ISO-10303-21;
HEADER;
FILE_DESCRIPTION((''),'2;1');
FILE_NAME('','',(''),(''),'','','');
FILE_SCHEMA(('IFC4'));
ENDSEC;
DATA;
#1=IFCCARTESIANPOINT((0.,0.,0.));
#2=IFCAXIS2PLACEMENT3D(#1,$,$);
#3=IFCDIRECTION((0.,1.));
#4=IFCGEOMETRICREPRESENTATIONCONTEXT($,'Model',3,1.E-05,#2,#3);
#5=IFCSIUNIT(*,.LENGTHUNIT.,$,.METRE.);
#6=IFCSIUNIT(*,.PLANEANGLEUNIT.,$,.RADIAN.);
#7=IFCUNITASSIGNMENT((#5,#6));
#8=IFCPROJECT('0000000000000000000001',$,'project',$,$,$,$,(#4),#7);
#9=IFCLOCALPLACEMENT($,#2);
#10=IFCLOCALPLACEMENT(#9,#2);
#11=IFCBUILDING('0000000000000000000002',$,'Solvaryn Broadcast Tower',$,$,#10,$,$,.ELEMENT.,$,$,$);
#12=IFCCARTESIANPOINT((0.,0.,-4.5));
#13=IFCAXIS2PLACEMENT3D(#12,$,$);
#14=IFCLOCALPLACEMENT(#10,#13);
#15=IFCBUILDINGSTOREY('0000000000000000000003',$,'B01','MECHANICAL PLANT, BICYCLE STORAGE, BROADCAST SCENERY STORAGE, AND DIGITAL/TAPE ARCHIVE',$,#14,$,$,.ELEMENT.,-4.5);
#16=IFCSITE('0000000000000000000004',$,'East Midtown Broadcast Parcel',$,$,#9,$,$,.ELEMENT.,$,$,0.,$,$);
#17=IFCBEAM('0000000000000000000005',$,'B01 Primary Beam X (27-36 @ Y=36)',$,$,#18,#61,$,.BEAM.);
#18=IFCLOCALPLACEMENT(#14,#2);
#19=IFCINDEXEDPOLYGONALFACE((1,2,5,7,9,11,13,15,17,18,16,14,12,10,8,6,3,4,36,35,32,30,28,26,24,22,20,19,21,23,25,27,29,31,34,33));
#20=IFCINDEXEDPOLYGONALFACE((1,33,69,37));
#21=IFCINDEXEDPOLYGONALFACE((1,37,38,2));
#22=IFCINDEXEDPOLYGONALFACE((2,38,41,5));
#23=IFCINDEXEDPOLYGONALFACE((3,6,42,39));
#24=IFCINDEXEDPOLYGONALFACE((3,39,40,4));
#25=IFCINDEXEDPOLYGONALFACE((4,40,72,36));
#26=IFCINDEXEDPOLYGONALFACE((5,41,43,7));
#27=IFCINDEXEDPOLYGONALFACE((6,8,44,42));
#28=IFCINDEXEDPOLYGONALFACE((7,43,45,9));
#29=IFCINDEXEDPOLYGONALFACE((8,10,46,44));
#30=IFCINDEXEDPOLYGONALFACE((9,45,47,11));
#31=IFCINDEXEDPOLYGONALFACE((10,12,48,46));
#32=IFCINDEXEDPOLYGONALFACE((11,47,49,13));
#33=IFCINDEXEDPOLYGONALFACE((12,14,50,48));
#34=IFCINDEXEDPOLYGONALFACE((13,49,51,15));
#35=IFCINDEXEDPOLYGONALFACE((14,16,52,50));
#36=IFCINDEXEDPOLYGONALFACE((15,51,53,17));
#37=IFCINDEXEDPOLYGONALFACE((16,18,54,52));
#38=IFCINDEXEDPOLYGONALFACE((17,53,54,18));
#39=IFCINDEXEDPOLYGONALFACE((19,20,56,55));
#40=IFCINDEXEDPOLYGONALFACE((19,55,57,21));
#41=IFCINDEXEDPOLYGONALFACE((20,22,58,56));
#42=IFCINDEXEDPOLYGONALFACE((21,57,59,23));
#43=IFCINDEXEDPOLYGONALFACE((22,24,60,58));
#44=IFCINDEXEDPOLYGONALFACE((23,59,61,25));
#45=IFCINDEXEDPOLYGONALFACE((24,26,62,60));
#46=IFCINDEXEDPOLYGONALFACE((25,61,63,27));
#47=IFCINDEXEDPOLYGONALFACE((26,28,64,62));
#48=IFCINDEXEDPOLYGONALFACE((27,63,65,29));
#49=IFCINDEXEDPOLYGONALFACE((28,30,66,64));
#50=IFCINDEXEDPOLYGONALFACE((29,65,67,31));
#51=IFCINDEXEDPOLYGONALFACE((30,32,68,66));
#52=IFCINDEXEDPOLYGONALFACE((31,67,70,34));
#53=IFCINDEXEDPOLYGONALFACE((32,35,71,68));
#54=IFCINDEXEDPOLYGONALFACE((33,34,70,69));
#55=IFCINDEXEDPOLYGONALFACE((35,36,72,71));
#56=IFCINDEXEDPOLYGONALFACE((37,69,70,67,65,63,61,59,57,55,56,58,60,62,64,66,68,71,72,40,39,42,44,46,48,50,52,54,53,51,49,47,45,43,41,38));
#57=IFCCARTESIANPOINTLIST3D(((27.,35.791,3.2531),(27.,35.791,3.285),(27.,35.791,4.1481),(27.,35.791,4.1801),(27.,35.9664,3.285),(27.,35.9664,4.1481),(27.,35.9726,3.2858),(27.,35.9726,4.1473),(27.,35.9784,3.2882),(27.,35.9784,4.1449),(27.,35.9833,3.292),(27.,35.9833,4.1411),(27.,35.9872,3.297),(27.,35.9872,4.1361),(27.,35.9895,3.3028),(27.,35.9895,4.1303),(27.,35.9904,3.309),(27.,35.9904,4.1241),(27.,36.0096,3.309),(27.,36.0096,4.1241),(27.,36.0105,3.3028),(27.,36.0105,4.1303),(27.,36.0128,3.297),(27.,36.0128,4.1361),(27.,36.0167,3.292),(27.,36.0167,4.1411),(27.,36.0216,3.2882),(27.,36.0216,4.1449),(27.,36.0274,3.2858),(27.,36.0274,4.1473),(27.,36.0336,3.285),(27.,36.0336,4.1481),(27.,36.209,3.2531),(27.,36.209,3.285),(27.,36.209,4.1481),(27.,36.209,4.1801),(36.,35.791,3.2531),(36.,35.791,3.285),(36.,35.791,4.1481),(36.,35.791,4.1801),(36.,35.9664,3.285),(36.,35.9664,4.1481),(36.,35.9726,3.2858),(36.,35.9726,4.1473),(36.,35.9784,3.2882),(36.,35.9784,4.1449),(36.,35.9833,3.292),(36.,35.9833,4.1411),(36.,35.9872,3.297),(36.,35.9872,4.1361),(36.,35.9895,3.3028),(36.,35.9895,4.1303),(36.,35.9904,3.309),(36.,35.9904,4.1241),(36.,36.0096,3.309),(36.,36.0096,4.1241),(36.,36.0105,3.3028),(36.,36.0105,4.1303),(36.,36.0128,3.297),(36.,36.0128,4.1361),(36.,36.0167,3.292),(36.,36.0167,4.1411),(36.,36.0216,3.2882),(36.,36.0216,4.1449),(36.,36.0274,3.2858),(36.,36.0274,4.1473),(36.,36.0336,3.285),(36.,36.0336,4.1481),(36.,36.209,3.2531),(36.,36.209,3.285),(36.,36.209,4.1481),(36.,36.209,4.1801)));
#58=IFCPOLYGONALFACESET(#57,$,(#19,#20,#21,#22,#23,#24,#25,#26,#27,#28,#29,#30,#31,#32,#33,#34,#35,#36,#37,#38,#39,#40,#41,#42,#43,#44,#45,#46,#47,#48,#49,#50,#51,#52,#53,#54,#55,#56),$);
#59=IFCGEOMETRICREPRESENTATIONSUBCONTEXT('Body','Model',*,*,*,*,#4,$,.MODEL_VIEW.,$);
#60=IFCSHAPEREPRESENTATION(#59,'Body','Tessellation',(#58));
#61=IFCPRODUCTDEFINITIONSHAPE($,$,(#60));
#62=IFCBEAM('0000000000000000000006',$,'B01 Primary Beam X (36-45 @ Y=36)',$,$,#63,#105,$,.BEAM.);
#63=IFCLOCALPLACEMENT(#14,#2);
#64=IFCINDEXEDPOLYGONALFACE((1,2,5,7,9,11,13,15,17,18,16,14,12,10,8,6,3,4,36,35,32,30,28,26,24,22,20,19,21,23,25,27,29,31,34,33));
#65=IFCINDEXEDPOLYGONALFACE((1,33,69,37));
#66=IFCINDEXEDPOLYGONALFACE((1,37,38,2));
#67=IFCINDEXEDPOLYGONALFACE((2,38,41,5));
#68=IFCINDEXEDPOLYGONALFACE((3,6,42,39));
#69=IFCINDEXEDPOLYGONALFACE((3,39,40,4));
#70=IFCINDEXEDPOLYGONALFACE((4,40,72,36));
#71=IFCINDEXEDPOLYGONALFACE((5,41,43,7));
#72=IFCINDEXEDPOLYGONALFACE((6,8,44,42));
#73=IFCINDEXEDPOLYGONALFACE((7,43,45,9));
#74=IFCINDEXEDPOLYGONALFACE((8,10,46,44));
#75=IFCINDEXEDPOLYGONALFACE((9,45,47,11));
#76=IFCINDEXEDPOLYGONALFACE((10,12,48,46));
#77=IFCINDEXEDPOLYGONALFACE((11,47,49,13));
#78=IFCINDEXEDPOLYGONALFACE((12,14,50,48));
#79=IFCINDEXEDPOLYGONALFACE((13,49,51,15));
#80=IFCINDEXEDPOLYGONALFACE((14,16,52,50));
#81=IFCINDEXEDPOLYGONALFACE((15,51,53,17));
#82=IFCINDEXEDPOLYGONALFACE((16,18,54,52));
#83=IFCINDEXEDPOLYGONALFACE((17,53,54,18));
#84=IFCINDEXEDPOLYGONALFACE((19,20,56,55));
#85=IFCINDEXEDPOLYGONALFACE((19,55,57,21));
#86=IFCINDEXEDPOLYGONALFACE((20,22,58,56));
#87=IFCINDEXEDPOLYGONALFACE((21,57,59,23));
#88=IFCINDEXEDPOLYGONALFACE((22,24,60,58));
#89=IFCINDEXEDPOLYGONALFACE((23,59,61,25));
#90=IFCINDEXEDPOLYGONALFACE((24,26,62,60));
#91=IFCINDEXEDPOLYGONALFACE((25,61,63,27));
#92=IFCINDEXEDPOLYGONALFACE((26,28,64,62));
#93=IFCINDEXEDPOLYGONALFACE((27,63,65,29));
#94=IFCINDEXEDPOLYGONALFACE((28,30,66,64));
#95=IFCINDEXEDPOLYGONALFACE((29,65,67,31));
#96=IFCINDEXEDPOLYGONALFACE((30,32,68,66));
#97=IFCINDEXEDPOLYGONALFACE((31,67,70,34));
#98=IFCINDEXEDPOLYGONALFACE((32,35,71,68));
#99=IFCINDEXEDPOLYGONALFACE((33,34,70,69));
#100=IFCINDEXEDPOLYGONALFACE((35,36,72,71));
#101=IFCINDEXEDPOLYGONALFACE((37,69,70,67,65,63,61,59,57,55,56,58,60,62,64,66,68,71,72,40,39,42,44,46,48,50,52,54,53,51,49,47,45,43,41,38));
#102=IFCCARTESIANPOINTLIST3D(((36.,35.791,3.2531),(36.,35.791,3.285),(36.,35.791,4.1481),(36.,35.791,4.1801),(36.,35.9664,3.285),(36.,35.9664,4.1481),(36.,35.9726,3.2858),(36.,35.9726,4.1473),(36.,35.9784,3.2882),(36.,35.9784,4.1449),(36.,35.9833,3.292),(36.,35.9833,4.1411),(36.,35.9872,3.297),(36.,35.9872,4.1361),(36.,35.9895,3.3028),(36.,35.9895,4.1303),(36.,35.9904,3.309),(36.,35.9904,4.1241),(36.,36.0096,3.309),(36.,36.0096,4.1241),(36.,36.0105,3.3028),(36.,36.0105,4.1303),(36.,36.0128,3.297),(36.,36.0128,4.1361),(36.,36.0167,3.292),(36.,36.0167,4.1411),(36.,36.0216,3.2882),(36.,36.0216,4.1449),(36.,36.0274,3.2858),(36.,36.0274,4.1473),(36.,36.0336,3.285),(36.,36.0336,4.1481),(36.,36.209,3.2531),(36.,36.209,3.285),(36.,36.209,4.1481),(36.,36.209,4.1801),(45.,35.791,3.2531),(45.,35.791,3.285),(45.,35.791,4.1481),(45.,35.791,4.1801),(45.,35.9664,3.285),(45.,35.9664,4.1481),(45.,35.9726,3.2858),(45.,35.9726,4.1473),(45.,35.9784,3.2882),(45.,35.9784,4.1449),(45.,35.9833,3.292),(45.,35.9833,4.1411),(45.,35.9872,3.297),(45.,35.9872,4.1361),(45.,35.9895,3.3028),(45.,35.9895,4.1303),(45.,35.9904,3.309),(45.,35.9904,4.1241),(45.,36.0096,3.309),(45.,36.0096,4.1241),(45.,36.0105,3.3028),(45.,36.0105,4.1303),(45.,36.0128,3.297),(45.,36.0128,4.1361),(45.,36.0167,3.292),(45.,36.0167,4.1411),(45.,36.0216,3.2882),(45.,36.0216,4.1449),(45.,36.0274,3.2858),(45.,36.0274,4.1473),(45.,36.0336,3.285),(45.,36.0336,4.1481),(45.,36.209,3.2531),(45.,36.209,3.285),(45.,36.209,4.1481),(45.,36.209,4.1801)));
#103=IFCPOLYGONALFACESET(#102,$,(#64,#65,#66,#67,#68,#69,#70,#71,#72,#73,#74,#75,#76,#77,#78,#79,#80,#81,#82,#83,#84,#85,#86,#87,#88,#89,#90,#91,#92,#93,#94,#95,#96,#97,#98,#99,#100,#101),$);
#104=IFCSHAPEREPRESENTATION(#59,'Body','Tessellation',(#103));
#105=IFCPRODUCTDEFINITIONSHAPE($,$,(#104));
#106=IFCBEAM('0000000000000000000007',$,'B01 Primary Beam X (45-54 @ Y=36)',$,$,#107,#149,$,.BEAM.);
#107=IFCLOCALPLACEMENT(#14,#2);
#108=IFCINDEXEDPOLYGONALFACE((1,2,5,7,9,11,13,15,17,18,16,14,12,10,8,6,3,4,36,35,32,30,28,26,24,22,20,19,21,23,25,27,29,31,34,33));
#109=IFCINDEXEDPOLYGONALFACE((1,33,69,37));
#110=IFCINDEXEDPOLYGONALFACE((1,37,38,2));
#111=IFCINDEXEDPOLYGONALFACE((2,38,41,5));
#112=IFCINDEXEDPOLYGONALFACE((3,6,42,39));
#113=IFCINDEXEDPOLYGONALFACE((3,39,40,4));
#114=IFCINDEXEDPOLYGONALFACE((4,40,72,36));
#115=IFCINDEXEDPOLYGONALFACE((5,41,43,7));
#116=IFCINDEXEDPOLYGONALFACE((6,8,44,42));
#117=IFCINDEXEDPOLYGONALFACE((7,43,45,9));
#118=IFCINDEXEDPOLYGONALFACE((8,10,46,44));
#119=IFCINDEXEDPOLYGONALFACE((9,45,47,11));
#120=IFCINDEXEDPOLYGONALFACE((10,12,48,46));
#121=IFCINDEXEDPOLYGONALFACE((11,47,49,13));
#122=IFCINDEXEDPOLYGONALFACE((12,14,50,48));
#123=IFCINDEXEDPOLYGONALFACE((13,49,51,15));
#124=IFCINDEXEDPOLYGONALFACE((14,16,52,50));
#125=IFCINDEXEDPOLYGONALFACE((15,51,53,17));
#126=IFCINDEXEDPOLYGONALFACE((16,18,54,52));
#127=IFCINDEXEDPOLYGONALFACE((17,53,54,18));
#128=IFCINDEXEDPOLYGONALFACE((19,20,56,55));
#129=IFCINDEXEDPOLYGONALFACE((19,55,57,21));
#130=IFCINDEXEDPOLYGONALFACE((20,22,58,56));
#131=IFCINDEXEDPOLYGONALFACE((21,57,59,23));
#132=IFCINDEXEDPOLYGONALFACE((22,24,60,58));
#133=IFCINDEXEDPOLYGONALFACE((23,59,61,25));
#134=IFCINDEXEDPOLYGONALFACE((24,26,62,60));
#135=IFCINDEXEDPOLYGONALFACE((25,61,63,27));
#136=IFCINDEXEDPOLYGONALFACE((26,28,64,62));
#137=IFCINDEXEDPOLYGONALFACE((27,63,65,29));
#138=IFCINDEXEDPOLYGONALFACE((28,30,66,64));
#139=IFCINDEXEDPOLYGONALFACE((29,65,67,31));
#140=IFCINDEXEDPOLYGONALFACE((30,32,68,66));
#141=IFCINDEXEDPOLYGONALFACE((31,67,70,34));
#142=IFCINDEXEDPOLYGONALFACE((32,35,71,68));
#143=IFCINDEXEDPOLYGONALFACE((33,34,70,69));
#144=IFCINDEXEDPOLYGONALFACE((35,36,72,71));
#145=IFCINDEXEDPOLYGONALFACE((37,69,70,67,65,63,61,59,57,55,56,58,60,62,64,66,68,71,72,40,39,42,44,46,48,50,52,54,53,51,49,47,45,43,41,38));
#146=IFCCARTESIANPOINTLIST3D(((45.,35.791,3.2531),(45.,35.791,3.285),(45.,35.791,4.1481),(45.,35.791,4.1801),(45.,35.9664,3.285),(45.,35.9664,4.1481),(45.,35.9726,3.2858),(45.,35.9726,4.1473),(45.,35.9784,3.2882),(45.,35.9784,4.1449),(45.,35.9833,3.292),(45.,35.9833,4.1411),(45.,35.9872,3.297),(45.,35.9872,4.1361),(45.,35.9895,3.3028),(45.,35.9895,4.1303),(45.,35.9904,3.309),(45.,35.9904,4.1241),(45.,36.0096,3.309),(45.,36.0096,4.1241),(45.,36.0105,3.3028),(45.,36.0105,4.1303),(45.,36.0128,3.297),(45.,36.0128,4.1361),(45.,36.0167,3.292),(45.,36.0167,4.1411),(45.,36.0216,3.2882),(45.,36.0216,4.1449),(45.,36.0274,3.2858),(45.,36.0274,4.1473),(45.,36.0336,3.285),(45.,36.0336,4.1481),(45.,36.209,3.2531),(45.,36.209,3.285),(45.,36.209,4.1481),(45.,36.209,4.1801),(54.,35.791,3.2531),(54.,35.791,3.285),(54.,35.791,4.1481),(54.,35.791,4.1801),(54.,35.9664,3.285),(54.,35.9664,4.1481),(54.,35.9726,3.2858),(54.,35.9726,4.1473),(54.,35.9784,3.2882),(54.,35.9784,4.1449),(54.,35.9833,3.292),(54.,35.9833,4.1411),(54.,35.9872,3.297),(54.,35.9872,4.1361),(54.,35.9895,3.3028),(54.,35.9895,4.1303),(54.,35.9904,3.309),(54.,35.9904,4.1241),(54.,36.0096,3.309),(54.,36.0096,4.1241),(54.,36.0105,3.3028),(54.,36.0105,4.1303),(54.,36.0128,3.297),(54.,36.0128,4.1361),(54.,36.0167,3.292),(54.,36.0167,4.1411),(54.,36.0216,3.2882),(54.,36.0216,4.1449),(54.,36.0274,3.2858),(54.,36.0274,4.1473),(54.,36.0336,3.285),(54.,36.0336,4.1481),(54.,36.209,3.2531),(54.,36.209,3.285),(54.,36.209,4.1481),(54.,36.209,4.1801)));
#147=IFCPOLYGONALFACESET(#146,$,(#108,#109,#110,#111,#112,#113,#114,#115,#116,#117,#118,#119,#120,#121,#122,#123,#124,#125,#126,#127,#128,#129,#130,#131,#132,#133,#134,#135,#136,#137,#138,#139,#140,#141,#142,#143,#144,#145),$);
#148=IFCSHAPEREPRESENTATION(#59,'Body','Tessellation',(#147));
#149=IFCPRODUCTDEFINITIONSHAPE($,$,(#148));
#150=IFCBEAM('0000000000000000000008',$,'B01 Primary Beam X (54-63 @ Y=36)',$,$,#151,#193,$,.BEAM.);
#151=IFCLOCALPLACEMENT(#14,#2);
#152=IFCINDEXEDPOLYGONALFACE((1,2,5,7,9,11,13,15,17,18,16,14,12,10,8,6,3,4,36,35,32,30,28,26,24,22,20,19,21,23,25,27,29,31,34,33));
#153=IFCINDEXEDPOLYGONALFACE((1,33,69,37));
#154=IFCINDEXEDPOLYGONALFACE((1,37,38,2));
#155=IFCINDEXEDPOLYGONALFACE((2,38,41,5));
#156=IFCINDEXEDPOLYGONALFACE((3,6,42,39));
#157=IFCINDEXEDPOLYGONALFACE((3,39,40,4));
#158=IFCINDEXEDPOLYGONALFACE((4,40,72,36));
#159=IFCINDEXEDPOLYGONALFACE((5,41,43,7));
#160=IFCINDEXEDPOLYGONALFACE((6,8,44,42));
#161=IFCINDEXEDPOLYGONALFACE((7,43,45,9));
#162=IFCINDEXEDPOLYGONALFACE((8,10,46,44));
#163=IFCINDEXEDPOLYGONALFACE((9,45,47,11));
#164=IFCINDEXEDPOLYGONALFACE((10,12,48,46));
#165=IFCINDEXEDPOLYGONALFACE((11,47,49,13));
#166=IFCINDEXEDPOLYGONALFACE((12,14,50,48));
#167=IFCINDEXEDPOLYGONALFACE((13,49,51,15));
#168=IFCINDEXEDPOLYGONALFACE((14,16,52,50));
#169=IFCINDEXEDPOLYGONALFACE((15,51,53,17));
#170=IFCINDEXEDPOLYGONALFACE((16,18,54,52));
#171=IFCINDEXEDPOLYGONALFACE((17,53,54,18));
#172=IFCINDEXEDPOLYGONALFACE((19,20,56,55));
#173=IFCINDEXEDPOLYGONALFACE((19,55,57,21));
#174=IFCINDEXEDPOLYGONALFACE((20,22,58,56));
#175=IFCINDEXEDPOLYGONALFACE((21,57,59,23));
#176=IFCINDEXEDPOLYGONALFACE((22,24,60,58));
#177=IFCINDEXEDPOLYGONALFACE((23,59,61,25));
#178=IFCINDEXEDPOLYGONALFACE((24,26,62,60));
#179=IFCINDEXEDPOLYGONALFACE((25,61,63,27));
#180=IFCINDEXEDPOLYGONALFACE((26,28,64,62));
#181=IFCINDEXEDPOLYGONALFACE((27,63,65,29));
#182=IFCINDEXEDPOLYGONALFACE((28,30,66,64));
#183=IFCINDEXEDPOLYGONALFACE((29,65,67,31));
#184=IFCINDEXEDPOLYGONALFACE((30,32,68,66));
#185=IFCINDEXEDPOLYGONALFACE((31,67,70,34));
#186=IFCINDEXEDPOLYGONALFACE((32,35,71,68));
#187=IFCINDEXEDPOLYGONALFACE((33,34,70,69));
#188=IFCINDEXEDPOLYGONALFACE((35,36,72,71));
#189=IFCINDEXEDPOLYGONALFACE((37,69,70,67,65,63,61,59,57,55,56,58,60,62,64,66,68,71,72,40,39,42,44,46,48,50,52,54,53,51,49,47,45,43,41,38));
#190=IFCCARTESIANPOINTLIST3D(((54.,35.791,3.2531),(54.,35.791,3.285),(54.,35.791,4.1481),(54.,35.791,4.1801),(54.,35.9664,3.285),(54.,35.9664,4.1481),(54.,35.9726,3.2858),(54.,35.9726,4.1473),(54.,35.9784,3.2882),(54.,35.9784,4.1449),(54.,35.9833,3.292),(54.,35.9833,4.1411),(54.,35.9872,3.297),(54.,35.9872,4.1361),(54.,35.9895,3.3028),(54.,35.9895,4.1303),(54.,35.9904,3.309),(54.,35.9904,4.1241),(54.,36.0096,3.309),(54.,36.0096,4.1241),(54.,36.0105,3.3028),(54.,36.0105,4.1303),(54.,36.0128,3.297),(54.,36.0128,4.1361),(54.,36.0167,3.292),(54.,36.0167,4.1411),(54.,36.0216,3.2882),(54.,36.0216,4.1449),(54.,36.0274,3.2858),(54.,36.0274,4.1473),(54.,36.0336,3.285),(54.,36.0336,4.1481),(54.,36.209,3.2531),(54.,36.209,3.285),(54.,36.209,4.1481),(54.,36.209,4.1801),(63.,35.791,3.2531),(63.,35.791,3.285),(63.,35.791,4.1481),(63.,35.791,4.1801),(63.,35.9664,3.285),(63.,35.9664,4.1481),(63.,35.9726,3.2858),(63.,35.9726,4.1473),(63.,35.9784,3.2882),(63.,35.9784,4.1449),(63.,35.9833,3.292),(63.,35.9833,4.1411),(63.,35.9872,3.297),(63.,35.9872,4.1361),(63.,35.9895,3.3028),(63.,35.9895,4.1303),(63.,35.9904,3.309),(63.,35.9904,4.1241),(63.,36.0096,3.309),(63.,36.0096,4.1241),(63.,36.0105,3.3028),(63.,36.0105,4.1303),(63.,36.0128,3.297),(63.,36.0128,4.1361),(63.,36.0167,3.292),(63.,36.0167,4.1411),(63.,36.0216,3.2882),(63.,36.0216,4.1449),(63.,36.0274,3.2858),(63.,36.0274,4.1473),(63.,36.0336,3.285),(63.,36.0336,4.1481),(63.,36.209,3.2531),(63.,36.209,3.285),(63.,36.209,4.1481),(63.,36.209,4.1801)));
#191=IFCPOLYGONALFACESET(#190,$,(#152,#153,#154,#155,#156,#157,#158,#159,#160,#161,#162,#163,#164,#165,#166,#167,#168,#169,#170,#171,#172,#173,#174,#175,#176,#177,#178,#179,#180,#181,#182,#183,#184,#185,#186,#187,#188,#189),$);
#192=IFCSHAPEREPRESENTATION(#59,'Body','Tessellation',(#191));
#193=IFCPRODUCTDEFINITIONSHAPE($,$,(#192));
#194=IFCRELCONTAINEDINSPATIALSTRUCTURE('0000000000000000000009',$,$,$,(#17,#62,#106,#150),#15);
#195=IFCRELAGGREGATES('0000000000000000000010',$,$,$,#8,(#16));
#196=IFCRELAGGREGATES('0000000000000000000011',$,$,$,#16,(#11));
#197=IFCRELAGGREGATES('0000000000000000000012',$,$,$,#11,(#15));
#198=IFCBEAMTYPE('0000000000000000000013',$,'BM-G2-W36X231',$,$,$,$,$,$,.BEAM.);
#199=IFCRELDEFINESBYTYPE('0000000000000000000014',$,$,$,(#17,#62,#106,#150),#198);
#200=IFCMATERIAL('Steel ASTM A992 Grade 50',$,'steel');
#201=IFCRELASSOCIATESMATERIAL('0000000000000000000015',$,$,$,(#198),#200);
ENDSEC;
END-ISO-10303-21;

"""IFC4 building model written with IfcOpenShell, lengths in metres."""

from ifc_helpers import new_model, si_unit, direction, frame, origin, origin_2d, place, context, subcontext, project, spatial, i_section, extrude, material, material_profile, profile_set, type_object, element, save


model = new_model("IFC4")

# Units and contexts
model_context = context("Model", 3, precision=1e-05, world=origin(), true_north=direction((0.0, 1.0)))
body_context = subcontext(model_context, "Body", "Model", "MODEL_VIEW")
ifc_project = project(units=[si_unit("LENGTHUNIT", "METRE"), si_unit("PLANEANGLEUNIT", "RADIAN")], contexts=[model_context])

# Site, building, storey
site_placement = place(None, origin())
site = spatial("IfcSite", under=ifc_project, at=site_placement, Name="East Midtown Broadcast Parcel", CompositionType="ELEMENT", RefElevation=0.0)
building_placement = place(site_placement, origin())
building = spatial("IfcBuilding", under=site, at=building_placement, Name="Solvaryn Broadcast Tower", CompositionType="ELEMENT")
storey_placement = place(building_placement, frame((0.0, 0.0, -4.5)))
storey = spatial("IfcBuildingStorey", under=building, at=storey_placement, Name="B01", Description="MECHANICAL PLANT, BICYCLE STORAGE, BROADCAST SCENERY STORAGE, AND DIGITAL/TAPE ARCHIVE", CompositionType="ELEMENT", Elevation=-4.5)

# Beams
ifc_material_1 = material(Name="Steel ASTM A992 Grade 50", Category="steel")
ifc_material_profile_1 = material_profile(ifc_material_1, i_section(OverallWidth=0.418, OverallDepth=0.927, WebThickness=0.0193, FlangeThickness=0.032, FilletRadius=0.0239, at=origin_2d()))
ifc_profile_set_1 = profile_set([ifc_material_profile_1], Name="Steel ASTM A992 Grade 50")
beam_type_1 = type_object("IfcBeamType", Name="BM-G2-W36X231", PredefinedType="BEAM", material=ifc_profile_set_1)
for number, where, z_axis, x_axis, name in (
    (1, (27.0, 36.0, 3.7166), (1.0, 0.0, 0.0), (0.0, 1.0, 0.0), "B01 Primary Beam X (27-36 @ Y=36)"),
    (2, (36.0, 36.0, 3.7166), (1.0, 0.0, 0.0), (0.0, 1.0, 0.0), "B01 Primary Beam X (36-45 @ Y=36)"),
    (3, (45.0, 36.0, 3.7166), (1.0, 0.0, 0.0), (0.0, 1.0, 0.0), "B01 Primary Beam X (45-54 @ Y=36)"),
    (4, (54.0, 36.0, 3.7166), (1.0, 0.0, 0.0), (0.0, 1.0, 0.0), "B01 Primary Beam X (54-63 @ Y=36)"),
):
    element("IfcBeam", number, at=place(storey_placement, frame(where, z_axis=z_axis, x_axis=x_axis)), inside=storey, type_object=beam_type_1, Name=name, PredefinedType="BEAM", context=body_context, shape_type="SweptSolid", body=[
        extrude(i_section(OverallWidth=0.418, OverallDepth=0.927, WebThickness=0.0193, FlangeThickness=0.032, FilletRadius=0.0239, at=origin_2d()), origin(), (0.0, 0.0, 1.0), 9.0),
    ])

save(model, "model.ifc")
